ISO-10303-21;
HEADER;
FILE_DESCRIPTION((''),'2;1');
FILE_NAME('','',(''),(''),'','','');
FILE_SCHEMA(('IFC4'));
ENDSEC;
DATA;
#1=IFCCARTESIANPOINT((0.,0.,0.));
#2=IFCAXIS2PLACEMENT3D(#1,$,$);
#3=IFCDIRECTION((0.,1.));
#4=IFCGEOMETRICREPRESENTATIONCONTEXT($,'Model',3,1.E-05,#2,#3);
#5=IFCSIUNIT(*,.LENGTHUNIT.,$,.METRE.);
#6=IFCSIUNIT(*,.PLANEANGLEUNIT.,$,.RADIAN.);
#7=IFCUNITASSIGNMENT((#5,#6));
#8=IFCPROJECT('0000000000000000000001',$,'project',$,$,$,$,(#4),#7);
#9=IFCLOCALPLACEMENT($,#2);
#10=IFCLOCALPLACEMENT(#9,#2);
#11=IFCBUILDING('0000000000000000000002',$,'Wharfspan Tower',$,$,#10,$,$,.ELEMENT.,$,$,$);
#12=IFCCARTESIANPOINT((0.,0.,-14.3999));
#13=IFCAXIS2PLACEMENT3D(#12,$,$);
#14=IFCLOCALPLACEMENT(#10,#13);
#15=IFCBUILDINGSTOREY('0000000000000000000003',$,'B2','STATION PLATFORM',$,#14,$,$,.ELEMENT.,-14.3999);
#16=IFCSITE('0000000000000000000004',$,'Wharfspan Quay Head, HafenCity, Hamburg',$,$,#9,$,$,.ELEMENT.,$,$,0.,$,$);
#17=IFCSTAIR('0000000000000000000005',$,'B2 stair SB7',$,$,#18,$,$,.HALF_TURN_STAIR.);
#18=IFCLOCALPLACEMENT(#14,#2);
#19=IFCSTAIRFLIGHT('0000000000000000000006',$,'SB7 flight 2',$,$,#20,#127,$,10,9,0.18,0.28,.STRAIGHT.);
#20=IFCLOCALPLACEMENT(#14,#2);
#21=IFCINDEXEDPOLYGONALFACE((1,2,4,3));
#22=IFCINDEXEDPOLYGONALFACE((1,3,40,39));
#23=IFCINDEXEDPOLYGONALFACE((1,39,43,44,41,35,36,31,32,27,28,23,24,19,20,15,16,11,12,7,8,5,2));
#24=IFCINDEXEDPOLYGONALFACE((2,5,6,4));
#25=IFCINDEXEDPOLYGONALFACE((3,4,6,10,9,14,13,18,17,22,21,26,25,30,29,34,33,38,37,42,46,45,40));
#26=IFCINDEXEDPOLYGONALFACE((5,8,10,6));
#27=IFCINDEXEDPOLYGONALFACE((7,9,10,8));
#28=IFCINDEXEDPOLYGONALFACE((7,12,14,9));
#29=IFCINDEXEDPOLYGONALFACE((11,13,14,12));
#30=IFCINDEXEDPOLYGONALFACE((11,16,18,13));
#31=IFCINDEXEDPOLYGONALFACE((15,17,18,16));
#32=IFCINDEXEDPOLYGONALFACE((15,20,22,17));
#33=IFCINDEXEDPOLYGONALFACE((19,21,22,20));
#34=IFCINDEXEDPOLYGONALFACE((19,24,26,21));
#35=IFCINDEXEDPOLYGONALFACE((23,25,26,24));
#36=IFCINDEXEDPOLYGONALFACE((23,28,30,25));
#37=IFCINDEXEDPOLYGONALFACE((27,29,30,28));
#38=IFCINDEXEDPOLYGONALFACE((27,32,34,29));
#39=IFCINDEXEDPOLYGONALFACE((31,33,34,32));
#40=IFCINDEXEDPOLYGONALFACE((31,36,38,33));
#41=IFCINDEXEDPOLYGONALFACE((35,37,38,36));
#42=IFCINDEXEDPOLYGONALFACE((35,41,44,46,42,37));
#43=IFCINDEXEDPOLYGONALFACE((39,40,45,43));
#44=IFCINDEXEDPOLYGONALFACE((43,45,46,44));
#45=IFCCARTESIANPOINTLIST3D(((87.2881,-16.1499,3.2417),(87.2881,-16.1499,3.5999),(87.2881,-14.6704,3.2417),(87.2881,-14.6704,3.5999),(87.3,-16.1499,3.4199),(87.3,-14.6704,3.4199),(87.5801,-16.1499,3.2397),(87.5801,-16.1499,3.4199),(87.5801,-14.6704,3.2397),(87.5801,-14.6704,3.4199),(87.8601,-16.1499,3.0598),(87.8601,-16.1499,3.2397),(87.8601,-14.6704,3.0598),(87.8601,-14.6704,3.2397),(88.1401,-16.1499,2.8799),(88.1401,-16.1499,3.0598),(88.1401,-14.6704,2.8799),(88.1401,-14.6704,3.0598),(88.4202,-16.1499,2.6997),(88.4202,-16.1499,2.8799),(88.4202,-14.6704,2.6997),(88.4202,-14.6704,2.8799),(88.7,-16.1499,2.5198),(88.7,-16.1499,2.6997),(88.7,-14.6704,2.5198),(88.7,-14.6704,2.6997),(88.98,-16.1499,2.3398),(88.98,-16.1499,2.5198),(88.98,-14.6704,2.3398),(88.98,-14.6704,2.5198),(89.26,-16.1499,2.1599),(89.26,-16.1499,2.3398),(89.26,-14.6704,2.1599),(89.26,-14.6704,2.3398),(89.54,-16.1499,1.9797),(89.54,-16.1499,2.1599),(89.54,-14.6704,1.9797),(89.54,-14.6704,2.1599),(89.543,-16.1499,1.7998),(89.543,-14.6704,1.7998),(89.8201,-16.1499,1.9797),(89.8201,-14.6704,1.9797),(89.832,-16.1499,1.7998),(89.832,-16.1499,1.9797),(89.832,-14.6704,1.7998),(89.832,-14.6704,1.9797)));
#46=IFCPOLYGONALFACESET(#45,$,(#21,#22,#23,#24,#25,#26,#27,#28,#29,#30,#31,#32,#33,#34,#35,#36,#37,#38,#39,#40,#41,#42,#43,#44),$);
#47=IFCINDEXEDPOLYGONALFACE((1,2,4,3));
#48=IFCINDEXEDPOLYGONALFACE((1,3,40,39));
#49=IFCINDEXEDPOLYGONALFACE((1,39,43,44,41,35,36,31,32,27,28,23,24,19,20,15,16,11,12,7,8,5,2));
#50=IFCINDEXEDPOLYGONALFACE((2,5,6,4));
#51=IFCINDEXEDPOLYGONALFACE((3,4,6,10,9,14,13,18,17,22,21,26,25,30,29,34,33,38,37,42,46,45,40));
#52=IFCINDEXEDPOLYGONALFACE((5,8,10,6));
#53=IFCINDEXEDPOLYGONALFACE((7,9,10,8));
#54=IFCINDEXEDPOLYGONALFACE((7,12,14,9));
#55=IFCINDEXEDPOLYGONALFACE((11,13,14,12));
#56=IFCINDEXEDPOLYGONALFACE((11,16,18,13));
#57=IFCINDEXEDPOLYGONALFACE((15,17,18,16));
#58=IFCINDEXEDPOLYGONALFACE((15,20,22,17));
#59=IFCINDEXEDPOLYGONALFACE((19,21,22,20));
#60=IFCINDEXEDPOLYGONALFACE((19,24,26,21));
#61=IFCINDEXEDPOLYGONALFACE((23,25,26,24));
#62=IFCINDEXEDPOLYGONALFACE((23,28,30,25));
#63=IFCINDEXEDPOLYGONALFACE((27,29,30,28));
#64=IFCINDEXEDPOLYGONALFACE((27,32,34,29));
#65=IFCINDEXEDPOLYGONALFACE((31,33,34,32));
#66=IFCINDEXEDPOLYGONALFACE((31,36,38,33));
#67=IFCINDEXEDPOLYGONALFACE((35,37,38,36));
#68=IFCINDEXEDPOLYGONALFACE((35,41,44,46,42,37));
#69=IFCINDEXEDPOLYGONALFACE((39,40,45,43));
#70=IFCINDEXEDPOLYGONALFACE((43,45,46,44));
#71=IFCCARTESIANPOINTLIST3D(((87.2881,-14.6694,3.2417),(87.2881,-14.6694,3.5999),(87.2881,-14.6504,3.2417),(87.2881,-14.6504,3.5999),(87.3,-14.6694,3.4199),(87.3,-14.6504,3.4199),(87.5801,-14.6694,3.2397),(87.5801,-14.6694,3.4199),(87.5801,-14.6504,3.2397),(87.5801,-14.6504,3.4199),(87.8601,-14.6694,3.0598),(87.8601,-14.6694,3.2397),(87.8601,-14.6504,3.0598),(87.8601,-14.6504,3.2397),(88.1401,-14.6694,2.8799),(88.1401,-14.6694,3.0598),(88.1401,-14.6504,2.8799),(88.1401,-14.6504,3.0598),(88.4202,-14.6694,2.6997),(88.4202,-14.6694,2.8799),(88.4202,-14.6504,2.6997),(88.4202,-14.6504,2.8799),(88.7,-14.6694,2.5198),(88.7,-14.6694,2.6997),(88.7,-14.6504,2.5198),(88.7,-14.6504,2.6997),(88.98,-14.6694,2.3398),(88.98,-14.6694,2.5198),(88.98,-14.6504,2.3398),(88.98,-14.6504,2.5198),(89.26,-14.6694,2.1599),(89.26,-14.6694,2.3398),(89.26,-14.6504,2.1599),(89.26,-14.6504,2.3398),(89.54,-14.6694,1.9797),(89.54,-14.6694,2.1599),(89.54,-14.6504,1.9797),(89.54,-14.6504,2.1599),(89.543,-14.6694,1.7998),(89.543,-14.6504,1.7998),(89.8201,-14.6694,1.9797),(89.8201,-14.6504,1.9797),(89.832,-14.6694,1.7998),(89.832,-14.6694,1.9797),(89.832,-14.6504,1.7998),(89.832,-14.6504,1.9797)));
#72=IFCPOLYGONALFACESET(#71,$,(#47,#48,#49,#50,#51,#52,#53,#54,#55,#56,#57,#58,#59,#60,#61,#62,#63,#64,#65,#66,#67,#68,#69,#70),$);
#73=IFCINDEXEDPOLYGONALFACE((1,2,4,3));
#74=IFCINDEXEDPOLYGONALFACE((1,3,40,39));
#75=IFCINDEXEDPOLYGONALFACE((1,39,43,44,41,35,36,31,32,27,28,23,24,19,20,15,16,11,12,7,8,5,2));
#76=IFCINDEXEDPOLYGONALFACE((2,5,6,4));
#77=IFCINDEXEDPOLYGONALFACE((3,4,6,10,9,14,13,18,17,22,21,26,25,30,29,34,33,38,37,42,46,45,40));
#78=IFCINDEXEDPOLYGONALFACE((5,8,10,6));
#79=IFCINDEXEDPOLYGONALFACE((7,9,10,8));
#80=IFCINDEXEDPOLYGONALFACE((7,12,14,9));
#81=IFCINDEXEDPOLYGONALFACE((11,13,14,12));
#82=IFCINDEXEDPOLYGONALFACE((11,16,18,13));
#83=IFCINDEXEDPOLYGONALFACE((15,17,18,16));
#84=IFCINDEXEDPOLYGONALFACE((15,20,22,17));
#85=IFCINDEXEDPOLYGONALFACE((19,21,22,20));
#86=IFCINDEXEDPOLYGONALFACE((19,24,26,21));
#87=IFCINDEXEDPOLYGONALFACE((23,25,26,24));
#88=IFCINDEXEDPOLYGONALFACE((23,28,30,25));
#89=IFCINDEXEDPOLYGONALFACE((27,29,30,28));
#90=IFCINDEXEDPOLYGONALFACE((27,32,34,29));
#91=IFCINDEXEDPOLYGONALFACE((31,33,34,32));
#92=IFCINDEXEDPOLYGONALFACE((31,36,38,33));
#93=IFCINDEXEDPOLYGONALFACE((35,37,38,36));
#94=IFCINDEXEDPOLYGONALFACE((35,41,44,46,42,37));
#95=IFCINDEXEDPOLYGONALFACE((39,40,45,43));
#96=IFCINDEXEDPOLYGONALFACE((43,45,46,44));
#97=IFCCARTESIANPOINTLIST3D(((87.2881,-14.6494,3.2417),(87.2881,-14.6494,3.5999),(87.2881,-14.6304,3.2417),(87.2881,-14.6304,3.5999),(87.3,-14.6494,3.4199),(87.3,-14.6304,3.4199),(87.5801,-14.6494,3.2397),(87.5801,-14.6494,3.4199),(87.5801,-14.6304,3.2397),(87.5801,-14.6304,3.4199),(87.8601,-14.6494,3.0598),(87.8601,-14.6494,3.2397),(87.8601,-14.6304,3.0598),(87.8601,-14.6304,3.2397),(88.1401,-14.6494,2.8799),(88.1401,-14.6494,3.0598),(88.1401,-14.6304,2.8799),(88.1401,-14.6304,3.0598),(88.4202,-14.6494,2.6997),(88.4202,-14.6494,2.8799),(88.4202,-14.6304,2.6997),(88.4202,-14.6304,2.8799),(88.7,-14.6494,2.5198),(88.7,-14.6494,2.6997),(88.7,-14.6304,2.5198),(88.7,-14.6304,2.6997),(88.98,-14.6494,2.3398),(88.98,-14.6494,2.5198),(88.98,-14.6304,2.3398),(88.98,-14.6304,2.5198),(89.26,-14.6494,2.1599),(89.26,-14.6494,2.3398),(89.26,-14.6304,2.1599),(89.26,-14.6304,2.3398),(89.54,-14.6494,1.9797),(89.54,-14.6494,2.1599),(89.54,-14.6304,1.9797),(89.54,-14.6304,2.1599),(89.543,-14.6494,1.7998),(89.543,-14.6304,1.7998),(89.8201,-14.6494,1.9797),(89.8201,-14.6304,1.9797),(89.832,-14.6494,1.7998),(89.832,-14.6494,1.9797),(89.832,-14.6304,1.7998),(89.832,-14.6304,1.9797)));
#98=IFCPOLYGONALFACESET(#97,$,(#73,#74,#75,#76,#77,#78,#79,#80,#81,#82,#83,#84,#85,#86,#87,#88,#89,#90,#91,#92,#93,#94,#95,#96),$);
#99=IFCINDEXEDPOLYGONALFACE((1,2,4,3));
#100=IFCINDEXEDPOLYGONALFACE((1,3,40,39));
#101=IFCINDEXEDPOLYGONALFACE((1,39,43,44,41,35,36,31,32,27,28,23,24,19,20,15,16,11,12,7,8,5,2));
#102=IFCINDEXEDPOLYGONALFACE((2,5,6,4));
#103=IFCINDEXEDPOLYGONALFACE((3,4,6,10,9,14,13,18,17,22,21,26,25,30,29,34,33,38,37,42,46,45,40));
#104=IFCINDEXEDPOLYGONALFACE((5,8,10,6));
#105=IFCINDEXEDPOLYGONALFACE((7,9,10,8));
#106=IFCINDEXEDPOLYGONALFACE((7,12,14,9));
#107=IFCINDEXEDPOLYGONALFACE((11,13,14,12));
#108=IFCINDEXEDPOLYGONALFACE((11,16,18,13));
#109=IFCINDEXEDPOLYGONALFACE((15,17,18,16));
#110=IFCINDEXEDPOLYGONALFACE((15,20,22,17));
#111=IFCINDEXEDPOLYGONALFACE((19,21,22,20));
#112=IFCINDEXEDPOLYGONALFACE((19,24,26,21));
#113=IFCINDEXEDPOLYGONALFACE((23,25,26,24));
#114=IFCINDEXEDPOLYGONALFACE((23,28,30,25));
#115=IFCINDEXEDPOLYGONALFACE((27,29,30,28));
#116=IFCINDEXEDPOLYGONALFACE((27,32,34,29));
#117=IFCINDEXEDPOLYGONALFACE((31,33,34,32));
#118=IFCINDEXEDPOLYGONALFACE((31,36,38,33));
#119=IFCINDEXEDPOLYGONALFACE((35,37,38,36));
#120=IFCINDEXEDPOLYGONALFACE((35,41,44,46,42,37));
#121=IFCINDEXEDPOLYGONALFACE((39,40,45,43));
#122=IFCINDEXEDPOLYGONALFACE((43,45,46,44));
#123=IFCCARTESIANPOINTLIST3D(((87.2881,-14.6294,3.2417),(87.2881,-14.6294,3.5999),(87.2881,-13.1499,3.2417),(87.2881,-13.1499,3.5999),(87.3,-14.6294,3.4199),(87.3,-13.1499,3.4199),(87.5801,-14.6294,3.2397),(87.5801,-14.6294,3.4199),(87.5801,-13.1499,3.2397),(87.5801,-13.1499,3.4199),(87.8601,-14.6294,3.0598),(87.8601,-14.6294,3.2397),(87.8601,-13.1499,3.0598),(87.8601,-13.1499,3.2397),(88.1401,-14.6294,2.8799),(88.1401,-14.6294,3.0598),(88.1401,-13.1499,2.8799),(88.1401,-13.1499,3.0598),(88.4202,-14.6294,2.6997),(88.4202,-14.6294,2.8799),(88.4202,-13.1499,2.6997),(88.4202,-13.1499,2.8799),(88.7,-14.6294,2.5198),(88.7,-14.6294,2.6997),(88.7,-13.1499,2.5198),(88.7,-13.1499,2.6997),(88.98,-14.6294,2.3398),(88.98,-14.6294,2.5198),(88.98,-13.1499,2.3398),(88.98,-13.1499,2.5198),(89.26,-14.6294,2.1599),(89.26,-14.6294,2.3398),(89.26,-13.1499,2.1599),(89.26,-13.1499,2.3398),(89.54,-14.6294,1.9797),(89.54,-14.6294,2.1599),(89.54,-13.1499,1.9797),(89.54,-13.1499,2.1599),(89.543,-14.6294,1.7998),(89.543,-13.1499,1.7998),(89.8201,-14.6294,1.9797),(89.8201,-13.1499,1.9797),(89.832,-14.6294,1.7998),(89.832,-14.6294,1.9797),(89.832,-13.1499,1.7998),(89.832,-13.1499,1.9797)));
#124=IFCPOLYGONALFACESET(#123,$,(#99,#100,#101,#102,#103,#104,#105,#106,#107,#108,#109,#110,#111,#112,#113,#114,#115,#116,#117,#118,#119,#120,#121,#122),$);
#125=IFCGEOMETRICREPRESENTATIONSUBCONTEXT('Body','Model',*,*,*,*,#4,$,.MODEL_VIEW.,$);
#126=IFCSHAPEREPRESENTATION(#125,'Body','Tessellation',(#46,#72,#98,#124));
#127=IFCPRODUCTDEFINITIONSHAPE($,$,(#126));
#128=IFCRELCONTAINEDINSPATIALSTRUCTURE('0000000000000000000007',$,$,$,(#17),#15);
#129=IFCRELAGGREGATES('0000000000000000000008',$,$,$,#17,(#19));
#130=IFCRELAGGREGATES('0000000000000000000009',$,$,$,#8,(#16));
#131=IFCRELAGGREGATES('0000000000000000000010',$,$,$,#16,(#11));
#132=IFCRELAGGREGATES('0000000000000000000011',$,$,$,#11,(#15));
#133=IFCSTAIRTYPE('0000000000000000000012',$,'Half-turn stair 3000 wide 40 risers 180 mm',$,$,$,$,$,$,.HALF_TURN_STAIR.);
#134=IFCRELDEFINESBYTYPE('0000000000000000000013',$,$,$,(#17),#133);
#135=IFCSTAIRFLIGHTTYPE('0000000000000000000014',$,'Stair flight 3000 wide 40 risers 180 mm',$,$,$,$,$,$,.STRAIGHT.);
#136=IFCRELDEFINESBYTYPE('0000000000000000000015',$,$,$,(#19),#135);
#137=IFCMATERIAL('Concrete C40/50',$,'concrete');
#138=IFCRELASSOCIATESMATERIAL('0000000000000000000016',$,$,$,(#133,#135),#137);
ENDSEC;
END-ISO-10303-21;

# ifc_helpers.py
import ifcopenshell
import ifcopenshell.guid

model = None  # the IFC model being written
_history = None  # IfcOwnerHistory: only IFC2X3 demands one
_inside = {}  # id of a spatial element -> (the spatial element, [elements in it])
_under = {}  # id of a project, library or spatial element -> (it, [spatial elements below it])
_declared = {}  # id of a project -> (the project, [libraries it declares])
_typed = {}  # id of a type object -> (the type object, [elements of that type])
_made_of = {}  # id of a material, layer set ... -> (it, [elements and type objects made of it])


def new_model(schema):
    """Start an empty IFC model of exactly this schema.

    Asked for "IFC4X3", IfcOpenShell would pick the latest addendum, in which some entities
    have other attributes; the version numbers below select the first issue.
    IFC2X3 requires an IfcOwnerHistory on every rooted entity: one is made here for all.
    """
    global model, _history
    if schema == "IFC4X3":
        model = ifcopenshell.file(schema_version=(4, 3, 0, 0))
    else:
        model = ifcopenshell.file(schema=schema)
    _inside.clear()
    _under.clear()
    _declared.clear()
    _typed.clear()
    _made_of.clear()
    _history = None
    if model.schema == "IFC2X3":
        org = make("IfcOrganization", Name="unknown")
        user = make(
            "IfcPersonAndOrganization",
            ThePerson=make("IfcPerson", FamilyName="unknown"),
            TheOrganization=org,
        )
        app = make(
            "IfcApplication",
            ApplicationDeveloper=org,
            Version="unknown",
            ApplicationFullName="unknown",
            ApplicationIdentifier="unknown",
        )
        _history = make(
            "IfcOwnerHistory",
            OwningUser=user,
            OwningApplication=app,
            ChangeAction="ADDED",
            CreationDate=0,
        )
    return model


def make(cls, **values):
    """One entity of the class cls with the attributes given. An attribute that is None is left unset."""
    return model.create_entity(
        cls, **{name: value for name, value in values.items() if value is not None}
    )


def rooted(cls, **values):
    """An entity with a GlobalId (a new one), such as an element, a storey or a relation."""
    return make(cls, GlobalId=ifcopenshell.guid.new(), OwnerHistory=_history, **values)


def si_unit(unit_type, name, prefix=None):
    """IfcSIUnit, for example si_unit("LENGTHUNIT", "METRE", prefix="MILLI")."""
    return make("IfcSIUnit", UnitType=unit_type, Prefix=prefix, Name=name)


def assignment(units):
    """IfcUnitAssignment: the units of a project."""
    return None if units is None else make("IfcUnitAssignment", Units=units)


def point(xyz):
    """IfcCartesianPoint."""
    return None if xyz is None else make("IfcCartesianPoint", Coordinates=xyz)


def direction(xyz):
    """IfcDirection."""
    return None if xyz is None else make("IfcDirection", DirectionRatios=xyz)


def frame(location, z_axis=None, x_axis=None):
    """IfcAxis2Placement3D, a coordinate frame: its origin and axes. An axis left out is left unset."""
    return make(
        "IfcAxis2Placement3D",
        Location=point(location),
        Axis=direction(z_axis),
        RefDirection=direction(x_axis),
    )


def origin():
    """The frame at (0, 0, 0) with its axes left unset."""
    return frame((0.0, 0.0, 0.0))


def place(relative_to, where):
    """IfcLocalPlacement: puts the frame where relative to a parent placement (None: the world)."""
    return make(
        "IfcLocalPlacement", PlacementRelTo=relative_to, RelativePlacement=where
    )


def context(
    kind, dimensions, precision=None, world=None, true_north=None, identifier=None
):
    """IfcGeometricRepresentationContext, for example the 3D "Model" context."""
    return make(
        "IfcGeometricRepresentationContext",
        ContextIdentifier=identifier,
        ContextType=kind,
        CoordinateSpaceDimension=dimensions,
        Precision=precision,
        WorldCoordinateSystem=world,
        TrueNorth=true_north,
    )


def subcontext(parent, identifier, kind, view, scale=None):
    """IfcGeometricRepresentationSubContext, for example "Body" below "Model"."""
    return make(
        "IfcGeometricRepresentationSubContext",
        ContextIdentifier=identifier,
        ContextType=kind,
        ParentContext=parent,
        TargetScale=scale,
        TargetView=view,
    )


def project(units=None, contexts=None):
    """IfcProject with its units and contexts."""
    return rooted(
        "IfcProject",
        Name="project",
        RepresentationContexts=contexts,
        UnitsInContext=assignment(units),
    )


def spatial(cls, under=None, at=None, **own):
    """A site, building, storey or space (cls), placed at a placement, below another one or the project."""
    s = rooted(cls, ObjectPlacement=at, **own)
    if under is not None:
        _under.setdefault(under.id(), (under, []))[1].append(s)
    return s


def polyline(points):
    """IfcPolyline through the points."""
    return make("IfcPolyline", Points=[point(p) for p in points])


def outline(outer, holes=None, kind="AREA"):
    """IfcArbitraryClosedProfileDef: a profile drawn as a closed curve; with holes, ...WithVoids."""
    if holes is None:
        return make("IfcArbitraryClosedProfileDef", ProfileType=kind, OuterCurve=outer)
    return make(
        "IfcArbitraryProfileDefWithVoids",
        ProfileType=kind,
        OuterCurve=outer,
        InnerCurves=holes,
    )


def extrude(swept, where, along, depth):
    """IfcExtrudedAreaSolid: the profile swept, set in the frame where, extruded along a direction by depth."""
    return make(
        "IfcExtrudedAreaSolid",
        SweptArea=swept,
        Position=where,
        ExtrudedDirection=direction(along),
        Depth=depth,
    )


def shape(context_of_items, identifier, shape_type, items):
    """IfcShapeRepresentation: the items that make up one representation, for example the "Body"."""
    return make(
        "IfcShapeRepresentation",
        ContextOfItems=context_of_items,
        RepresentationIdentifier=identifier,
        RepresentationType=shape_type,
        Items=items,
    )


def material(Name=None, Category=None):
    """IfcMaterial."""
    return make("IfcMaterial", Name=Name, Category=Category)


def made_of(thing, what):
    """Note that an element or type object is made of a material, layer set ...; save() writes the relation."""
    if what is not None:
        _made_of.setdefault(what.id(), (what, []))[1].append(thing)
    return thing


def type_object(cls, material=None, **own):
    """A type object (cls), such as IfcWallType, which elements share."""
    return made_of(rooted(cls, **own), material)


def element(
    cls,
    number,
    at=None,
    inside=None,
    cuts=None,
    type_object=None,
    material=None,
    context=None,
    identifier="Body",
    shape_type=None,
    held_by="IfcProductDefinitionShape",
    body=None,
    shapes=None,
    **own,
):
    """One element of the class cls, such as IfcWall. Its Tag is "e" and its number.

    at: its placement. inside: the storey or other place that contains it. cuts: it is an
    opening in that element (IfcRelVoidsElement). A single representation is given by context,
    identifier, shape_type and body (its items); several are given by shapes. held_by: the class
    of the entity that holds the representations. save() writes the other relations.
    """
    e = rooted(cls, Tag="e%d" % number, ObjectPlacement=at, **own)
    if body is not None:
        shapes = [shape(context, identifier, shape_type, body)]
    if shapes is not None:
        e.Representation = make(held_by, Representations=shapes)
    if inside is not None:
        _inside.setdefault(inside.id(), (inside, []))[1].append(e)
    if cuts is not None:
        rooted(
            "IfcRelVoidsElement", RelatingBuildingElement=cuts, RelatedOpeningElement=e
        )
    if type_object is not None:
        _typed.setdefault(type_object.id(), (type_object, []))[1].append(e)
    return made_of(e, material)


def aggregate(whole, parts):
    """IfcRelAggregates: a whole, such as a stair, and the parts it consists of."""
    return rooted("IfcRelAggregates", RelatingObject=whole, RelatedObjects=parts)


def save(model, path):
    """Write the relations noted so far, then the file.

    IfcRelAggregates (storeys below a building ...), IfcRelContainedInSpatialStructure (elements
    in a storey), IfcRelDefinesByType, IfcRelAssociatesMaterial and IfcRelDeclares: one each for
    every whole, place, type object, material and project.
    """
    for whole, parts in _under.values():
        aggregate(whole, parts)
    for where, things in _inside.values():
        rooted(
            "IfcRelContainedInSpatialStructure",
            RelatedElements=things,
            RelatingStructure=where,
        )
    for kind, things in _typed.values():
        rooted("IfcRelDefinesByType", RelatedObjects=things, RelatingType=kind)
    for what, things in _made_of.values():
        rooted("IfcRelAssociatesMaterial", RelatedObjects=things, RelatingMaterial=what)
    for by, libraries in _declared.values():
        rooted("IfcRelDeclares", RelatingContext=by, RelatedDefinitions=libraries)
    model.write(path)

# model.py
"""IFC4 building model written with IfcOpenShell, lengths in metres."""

from ifc_helpers import new_model, si_unit, direction, frame, origin, place, context, subcontext, project, spatial, polyline, outline, extrude, material, type_object, element, aggregate, save


model = new_model("IFC4")

# Units and contexts
model_context = context("Model", 3, precision=1e-05, world=origin(), true_north=direction((0.0, 1.0)))
body_context = subcontext(model_context, "Body", "Model", "MODEL_VIEW")
ifc_project = project(units=[si_unit("LENGTHUNIT", "METRE"), si_unit("PLANEANGLEUNIT", "RADIAN")], contexts=[model_context])

# Site, building, storey
site_placement = place(None, origin())
site = spatial("IfcSite", under=ifc_project, at=site_placement, Name="Wharfspan Quay Head, HafenCity, Hamburg", CompositionType="ELEMENT", RefElevation=0.0)
building_placement = place(site_placement, origin())
building = spatial("IfcBuilding", under=site, at=building_placement, Name="Wharfspan Tower", CompositionType="ELEMENT")
storey_placement = place(building_placement, frame((0.0, 0.0, -14.3999)))
storey = spatial("IfcBuildingStorey", under=building, at=storey_placement, Name="B2", Description="STATION PLATFORM", CompositionType="ELEMENT", Elevation=-14.3999)

# Shared definitions
ifc_material_1 = material(Name="Concrete C40/50", Category="concrete")

# Stair, stair flight
stair_type = type_object("IfcStairType", Name="Half-turn stair 3000 wide 40 risers 180 mm", PredefinedType="HALF_TURN_STAIR", material=ifc_material_1)
stair_placement = place(storey_placement, origin())
stair = element("IfcStair", 1, at=stair_placement, inside=storey, type_object=stair_type, Name="B2 stair SB7", PredefinedType="HALF_TURN_STAIR")
stair_flight_type = type_object("IfcStairFlightType", Name="Stair flight 3000 wide 40 risers 180 mm", PredefinedType="STRAIGHT", material=ifc_material_1)
stair_flight_1_placement = place(storey_placement, frame((89.8201, -14.6499, 1.7998), z_axis=(0.0, 0.0, 1.0), x_axis=(-1.0, 0.0, 0.0)))
stair_flight_1 = element("IfcStairFlight", 2, at=stair_flight_1_placement, type_object=stair_flight_type, Name="SB7 flight 2", NumberOfRisers=10, NumberOfTreads=9, PredefinedType="STRAIGHT", RiserHeight=0.18, TreadLength=0.28, context=body_context, shape_type="SweptSolid", body=[
    extrude(outline(polyline([(-0.012, 0.0), (-0.012, 0.1799), (0.0, 0.1799), (0.28, 0.1799), (0.28, 0.3601), (0.5601, 0.3601), (0.5601, 0.54), (0.8401, 0.54), (0.8401, 0.72), (1.1201, 0.72), (1.1201, 0.8999), (1.3999, 0.8999), (1.3999, 1.0801), (1.6799, 1.0801), (1.6799, 1.26), (1.96, 1.26), (1.96, 1.4399), (2.24, 1.4399), (2.24, 1.6201), (2.52, 1.6201), (2.532, 1.8), (2.532, 1.4419), (0.2771, 0.0), (-0.012, 0.0)])), frame((0.0, 1.5, 0.0), z_axis=(0.0, -1.0, 0.0), x_axis=(1.0, 0.0, 0.0)), (0.0, 0.0, 1.0), 1.4795),
    extrude(outline(polyline([(-0.012, 0.0), (-0.012, 0.1799), (0.0, 0.1799), (0.28, 0.1799), (0.28, 0.3601), (0.5601, 0.3601), (0.5601, 0.54), (0.8401, 0.54), (0.8401, 0.72), (1.1201, 0.72), (1.1201, 0.8999), (1.3999, 0.8999), (1.3999, 1.0801), (1.6799, 1.0801), (1.6799, 1.26), (1.96, 1.26), (1.96, 1.4399), (2.24, 1.4399), (2.24, 1.6201), (2.52, 1.6201), (2.532, 1.8), (2.532, 1.4419), (0.2771, 0.0), (-0.012, 0.0)])), frame((0.0, 0.0195, 0.0), z_axis=(0.0, -1.0, 0.0), x_axis=(1.0, 0.0, 0.0)), (0.0, 0.0, 1.0), 0.019),
    extrude(outline(polyline([(-0.012, 0.0), (-0.012, 0.1799), (0.0, 0.1799), (0.28, 0.1799), (0.28, 0.3601), (0.5601, 0.3601), (0.5601, 0.54), (0.8401, 0.54), (0.8401, 0.72), (1.1201, 0.72), (1.1201, 0.8999), (1.3999, 0.8999), (1.3999, 1.0801), (1.6799, 1.0801), (1.6799, 1.26), (1.96, 1.26), (1.96, 1.4399), (2.24, 1.4399), (2.24, 1.6201), (2.52, 1.6201), (2.532, 1.8), (2.532, 1.4419), (0.2771, 0.0), (-0.012, 0.0)])), frame((0.0, -0.0005, 0.0), z_axis=(0.0, -1.0, 0.0), x_axis=(1.0, 0.0, 0.0)), (0.0, 0.0, 1.0), 0.019),
    extrude(outline(polyline([(-0.012, 0.0), (-0.012, 0.1799), (0.0, 0.1799), (0.28, 0.1799), (0.28, 0.3601), (0.5601, 0.3601), (0.5601, 0.54), (0.8401, 0.54), (0.8401, 0.72), (1.1201, 0.72), (1.1201, 0.8999), (1.3999, 0.8999), (1.3999, 1.0801), (1.6799, 1.0801), (1.6799, 1.26), (1.96, 1.26), (1.96, 1.4399), (2.24, 1.4399), (2.24, 1.6201), (2.52, 1.6201), (2.532, 1.8), (2.532, 1.4419), (0.2771, 0.0), (-0.012, 0.0)])), frame((0.0, -0.0205, 0.0), z_axis=(0.0, -1.0, 0.0), x_axis=(1.0, 0.0, 0.0)), (0.0, 0.0, 1.0), 1.4795),
])
aggregate(stair, [stair_flight_1])

save(model, "model.ifc")
